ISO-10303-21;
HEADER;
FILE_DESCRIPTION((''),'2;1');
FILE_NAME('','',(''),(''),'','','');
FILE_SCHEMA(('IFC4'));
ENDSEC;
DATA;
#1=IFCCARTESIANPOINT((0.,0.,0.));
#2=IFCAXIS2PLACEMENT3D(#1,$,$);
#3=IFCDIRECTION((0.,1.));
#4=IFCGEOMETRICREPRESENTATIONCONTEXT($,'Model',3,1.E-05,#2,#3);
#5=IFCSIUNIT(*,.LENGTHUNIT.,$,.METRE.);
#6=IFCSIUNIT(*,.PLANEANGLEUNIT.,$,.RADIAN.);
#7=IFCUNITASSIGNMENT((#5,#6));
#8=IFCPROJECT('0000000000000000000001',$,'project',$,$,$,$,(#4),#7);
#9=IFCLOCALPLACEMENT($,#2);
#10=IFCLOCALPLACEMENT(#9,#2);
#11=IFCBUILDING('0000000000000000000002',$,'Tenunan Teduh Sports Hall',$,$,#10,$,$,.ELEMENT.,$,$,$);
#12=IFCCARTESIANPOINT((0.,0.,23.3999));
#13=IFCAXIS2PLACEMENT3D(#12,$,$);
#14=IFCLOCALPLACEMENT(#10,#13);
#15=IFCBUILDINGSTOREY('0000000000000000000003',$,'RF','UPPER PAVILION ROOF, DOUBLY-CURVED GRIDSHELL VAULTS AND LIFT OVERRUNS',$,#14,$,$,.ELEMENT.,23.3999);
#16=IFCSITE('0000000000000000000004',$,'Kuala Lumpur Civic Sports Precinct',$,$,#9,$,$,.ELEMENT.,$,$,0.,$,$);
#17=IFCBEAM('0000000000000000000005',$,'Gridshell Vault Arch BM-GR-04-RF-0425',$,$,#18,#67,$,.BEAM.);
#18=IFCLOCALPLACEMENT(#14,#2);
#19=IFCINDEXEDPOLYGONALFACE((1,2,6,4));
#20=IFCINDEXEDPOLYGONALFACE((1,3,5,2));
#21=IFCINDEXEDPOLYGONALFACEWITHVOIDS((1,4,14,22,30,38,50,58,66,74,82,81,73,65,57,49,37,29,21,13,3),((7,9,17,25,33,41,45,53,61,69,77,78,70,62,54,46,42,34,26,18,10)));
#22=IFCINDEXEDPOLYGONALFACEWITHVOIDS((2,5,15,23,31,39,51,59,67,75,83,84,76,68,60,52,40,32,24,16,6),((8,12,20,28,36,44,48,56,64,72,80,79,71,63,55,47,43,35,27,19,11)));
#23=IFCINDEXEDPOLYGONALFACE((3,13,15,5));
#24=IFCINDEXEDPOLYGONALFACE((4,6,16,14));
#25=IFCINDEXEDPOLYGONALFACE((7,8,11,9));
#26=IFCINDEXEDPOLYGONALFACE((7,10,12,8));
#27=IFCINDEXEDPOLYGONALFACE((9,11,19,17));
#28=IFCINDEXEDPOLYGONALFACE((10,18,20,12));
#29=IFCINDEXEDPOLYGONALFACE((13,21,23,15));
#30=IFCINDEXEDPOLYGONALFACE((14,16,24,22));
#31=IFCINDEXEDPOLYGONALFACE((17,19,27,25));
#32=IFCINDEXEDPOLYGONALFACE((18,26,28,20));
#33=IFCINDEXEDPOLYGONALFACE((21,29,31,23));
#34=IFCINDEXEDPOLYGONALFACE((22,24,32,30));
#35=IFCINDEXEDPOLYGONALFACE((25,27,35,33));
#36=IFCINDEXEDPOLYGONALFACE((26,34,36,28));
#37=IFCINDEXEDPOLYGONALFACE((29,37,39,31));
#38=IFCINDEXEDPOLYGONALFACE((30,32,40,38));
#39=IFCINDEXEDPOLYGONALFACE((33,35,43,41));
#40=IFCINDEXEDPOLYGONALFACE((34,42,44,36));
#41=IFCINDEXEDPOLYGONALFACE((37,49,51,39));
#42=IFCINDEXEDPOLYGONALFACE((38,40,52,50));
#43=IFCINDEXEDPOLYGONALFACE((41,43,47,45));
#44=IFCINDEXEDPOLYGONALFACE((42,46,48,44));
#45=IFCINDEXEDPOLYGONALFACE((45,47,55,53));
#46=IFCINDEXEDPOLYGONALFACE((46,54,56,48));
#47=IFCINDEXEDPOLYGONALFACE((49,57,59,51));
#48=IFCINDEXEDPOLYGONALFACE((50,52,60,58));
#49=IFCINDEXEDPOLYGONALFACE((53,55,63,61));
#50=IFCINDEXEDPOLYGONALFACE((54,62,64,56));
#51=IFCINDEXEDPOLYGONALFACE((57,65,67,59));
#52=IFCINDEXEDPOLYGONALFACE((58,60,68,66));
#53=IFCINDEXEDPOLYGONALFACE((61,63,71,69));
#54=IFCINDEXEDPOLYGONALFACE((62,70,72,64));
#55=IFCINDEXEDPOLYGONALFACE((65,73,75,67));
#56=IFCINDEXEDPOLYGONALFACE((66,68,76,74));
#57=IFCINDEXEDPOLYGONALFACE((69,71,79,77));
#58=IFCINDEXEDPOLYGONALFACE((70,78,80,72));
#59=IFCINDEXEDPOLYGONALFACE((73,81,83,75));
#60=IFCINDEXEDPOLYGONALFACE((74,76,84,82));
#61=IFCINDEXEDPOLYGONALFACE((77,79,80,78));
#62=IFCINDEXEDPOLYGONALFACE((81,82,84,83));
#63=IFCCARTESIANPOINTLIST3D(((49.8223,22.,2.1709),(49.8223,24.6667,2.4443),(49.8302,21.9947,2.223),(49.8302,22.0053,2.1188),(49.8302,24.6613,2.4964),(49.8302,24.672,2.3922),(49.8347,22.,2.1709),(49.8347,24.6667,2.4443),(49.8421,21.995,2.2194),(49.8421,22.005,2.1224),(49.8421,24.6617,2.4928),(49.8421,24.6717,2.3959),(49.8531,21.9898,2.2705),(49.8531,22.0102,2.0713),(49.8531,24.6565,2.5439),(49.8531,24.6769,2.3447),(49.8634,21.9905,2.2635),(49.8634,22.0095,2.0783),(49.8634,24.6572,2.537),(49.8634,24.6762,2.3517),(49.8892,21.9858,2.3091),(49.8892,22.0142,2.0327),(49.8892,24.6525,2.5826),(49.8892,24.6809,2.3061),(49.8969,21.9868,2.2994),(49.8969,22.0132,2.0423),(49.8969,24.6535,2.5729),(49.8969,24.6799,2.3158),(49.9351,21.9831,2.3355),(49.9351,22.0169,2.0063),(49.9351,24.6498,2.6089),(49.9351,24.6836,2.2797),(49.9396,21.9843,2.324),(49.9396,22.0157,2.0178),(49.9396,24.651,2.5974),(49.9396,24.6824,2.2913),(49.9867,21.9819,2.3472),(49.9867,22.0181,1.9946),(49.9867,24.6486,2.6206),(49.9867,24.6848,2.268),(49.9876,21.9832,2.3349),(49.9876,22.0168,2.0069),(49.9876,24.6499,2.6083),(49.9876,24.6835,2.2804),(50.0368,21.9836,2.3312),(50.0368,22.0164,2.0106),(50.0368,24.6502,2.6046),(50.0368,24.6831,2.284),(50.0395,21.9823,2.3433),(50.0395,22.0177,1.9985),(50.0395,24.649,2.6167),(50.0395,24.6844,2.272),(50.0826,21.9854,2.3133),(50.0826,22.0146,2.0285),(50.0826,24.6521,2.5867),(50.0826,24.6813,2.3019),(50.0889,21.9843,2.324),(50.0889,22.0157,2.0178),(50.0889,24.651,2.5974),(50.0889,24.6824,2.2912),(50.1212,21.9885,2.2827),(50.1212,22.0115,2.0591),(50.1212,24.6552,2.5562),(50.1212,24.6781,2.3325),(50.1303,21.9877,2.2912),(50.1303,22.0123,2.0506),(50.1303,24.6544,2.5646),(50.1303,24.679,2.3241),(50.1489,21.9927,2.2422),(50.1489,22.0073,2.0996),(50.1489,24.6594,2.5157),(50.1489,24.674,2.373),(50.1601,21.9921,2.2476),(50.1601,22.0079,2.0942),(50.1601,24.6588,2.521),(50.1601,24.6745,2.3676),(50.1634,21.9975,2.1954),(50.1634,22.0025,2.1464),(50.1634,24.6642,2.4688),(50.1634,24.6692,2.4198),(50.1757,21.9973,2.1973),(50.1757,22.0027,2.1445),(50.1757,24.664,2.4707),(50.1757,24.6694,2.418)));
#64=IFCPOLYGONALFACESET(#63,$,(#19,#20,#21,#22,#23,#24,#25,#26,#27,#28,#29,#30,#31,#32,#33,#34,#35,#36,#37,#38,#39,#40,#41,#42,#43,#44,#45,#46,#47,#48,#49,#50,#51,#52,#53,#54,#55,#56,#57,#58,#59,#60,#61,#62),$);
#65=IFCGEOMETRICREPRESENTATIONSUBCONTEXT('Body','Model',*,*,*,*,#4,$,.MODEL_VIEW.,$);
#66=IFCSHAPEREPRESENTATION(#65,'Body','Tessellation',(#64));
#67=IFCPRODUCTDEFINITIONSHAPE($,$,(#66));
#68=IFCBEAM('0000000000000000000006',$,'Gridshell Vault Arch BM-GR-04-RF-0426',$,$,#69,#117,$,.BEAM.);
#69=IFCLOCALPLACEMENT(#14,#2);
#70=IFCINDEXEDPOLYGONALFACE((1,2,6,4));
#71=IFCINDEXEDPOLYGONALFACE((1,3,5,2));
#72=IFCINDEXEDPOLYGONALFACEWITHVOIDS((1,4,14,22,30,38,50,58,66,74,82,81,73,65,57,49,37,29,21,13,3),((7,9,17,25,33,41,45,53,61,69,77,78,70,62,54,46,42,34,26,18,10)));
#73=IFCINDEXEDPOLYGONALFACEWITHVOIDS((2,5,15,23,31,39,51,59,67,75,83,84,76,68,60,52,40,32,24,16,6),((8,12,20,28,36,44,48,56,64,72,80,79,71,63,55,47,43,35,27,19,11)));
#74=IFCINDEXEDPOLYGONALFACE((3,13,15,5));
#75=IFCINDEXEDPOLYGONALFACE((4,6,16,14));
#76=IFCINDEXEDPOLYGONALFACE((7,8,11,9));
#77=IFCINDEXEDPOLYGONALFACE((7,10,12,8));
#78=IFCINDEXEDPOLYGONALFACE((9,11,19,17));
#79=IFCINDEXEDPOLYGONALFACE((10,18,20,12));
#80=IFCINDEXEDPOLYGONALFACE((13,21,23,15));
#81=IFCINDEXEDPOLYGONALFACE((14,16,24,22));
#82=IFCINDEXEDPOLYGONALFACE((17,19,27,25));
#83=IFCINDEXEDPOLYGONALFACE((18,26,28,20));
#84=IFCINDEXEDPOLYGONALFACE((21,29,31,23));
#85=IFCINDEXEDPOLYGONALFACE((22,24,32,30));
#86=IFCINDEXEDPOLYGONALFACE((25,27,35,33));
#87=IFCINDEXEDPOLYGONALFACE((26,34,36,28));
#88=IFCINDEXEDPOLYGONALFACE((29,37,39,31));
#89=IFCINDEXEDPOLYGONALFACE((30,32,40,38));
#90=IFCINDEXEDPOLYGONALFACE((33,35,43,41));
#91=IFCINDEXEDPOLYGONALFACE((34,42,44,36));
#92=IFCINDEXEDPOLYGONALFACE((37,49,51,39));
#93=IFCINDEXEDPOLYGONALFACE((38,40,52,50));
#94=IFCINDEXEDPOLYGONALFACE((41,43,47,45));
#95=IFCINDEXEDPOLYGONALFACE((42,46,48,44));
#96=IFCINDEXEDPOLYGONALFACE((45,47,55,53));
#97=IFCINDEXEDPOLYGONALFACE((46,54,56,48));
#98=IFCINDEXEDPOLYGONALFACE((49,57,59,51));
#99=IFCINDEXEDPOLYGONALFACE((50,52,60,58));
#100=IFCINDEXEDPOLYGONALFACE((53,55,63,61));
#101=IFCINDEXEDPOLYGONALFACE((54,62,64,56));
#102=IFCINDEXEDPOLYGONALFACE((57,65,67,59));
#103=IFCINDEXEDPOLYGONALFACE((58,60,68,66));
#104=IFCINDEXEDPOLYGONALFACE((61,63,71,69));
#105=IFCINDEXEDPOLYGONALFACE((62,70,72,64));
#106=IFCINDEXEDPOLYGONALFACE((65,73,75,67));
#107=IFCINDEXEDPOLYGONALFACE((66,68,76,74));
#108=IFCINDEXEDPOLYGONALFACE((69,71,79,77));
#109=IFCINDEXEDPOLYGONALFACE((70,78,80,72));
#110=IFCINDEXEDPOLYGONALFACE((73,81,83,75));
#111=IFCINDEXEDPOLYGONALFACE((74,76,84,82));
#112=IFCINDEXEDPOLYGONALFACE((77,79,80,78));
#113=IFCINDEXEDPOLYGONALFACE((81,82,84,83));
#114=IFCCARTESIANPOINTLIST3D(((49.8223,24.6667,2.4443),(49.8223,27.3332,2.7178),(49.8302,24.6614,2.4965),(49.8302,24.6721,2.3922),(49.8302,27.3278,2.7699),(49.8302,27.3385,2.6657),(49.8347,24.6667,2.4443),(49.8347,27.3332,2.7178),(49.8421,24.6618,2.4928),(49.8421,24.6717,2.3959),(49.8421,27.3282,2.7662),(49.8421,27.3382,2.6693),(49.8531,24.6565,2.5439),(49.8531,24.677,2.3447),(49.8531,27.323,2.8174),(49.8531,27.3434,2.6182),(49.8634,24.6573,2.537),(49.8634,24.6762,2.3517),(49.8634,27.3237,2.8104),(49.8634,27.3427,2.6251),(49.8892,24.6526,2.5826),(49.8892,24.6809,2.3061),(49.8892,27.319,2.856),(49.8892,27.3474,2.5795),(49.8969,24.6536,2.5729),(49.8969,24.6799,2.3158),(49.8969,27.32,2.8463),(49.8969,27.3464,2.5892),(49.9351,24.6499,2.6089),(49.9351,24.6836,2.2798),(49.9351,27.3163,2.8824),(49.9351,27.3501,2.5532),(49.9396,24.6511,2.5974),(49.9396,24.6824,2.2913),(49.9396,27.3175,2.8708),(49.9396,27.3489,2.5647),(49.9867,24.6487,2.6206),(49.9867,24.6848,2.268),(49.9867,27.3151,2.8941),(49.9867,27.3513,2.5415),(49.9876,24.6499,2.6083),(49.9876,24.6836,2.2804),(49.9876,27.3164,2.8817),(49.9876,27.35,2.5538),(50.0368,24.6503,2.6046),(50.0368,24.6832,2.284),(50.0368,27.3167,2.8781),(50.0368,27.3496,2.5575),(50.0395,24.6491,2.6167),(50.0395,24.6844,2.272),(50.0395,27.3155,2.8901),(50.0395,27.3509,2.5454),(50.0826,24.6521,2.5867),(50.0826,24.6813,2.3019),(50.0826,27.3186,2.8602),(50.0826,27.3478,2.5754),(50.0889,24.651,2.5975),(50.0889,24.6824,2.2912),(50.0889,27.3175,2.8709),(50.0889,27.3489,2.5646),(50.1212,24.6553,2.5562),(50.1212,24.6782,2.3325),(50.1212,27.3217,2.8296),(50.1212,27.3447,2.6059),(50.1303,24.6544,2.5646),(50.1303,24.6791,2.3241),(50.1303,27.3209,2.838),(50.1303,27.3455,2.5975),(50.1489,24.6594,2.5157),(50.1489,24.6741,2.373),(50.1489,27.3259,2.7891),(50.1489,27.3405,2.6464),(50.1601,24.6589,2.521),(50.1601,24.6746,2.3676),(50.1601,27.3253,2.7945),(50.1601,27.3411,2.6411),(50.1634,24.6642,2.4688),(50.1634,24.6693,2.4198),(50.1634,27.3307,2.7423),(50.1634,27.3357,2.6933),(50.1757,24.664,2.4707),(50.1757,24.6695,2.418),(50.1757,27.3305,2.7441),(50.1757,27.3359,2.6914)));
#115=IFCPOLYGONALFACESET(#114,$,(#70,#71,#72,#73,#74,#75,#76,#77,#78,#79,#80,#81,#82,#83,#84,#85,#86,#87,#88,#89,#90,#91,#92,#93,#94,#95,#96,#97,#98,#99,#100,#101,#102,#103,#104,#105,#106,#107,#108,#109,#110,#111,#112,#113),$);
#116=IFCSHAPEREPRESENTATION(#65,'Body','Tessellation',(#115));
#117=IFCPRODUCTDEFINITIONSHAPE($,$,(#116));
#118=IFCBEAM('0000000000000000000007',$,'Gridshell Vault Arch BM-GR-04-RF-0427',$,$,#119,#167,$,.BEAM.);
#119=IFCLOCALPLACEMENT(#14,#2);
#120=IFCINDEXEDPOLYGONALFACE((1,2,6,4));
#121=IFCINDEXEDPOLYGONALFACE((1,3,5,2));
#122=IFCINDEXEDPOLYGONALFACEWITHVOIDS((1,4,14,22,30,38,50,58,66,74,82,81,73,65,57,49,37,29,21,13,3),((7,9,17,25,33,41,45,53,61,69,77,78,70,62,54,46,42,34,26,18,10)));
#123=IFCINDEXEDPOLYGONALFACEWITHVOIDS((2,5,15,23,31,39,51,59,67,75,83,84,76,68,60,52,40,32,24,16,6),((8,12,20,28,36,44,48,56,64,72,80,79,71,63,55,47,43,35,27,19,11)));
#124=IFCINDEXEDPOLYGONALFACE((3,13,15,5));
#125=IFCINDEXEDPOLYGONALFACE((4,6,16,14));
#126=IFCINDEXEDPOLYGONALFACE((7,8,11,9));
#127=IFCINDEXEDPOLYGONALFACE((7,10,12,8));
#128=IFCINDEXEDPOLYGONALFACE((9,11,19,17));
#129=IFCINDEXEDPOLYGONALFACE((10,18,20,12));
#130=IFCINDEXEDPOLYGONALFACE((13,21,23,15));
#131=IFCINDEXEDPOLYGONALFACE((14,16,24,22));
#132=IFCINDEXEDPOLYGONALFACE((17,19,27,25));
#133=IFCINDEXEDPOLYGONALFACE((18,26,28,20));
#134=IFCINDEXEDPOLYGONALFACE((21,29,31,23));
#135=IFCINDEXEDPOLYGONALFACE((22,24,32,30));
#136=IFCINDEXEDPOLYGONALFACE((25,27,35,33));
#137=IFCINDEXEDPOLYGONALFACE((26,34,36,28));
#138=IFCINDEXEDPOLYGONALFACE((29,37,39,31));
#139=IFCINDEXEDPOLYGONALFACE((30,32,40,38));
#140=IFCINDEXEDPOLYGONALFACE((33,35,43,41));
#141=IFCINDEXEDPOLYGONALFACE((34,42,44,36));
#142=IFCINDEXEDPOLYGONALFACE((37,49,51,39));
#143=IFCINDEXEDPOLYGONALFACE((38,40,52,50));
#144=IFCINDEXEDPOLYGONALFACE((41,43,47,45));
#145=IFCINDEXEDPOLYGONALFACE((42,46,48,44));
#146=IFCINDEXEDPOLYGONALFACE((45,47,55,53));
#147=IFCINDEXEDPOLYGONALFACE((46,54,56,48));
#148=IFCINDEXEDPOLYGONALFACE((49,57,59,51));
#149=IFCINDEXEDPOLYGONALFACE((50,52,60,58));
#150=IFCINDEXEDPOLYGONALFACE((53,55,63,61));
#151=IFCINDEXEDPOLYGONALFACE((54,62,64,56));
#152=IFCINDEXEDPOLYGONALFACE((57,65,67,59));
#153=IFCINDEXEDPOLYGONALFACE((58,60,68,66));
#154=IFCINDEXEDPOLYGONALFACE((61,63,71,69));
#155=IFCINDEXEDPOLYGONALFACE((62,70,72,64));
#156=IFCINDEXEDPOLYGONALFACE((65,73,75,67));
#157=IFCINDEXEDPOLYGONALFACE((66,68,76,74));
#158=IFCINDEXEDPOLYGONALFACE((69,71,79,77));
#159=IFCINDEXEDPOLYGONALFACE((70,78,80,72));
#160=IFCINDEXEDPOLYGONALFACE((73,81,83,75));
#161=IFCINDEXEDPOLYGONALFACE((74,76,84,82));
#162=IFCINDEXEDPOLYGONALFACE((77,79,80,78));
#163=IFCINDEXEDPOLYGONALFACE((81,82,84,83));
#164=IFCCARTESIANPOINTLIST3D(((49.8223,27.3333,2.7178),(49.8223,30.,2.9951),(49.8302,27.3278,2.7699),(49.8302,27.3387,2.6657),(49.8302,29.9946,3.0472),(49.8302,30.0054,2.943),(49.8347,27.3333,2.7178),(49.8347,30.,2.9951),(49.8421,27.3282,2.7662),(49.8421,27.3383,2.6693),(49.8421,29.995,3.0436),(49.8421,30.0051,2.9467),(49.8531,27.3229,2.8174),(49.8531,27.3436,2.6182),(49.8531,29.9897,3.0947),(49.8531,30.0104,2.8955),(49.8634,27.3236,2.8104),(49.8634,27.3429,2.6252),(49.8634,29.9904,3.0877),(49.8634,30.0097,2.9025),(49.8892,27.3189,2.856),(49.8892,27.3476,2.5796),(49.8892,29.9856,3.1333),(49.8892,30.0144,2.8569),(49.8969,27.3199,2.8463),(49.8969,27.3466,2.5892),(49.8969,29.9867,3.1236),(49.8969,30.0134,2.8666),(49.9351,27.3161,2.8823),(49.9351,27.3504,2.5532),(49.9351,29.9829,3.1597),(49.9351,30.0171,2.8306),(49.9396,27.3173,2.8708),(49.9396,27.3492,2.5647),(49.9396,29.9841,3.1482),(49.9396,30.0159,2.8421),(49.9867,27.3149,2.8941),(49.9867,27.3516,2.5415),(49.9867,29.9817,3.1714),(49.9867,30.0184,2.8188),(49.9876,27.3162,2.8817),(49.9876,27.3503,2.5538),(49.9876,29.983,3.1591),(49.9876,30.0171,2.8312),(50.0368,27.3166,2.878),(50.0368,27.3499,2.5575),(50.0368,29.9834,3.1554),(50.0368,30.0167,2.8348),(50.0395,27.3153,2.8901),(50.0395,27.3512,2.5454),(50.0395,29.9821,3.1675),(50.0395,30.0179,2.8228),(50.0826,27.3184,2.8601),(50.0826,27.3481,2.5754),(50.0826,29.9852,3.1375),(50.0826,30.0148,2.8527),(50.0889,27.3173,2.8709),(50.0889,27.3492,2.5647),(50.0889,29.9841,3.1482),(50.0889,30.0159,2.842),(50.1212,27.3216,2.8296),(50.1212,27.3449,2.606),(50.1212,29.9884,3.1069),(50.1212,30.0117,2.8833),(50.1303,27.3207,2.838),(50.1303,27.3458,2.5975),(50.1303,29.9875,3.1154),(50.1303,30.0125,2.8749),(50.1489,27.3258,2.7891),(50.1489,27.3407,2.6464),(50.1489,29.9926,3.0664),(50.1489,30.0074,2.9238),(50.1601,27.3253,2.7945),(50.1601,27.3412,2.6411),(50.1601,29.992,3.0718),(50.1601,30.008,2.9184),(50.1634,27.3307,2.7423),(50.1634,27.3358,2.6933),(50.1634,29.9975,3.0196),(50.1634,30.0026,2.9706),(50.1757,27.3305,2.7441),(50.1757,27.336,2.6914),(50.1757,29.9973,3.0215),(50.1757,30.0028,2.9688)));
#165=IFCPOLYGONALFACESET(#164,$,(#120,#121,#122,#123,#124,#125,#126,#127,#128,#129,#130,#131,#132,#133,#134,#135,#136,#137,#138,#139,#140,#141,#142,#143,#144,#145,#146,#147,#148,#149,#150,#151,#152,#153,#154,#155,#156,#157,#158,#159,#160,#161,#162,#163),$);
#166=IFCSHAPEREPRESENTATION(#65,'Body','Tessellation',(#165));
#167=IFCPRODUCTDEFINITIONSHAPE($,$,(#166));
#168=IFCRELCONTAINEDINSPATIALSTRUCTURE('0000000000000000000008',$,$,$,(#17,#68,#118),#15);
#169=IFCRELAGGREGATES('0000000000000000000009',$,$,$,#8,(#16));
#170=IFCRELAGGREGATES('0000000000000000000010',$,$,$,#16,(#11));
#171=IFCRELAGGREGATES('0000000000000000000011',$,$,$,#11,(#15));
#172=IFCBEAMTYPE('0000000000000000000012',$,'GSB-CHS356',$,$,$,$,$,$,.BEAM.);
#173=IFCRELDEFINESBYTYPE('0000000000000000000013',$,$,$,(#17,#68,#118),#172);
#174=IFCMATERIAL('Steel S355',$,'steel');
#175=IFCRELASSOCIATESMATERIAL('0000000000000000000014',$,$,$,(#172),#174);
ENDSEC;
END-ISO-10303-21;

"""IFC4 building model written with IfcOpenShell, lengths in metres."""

from ifc_helpers import new_model, si_unit, direction, frame, origin, origin_2d, place, context, subcontext, project, spatial, hollow_circle, extrude, material, material_profile, profile_set, type_object, element, save


model = new_model("IFC4")

# Units and contexts
model_context = context("Model", 3, precision=1e-05, world=origin(), true_north=direction((0.0, 1.0)))
body_context = subcontext(model_context, "Body", "Model", "MODEL_VIEW")
ifc_project = project(units=[si_unit("LENGTHUNIT", "METRE"), si_unit("PLANEANGLEUNIT", "RADIAN")], contexts=[model_context])

# Site, building, storey
site_placement = place(None, origin())
site = spatial("IfcSite", under=ifc_project, at=site_placement, Name="Kuala Lumpur Civic Sports Precinct", CompositionType="ELEMENT", RefElevation=0.0)
building_placement = place(site_placement, origin())
building = spatial("IfcBuilding", under=site, at=building_placement, Name="Tenunan Teduh Sports Hall", CompositionType="ELEMENT")
storey_placement = place(building_placement, frame((0.0, 0.0, 23.3999)))
storey = spatial("IfcBuildingStorey", under=building, at=storey_placement, Name="RF", Description="UPPER PAVILION ROOF, DOUBLY-CURVED GRIDSHELL VAULTS AND LIFT OVERRUNS", CompositionType="ELEMENT", Elevation=23.3999)

# Beams
ifc_material_1 = material(Name="Steel S355", Category="steel")
ifc_material_profile_1 = material_profile(ifc_material_1, hollow_circle(Radius=0.1777, WallThickness=0.0125, at=origin_2d()), Name="CHS 355.6x12.5")
ifc_profile_set_1 = profile_set([ifc_material_profile_1], Name="Steel S355")
beam_type_1 = type_object("IfcBeamType", Name="GSB-CHS356", PredefinedType="BEAM", material=ifc_profile_set_1)
beam_1_placement = place(storey_placement, frame((50.0, 22.0, 2.1709), z_axis=(0.0, 0.994784, 0.102001), x_axis=(-1.0, 0.0, 0.0)))
element("IfcBeam", 1, at=beam_1_placement, inside=storey, type_object=beam_type_1, Name="Gridshell Vault Arch BM-GR-04-RF-0425", PredefinedType="BEAM", context=body_context, shape_type="SweptSolid", body=[
    extrude(hollow_circle(Radius=0.1777, WallThickness=0.0125, at=origin_2d()), origin(), (0.0, 0.0, 1.0), 2.6807),
])
beam_2_placement = place(storey_placement, frame((50.0, 24.6667, 2.4443), z_axis=(0.0, 0.994783, 0.10201), x_axis=(-1.0, 0.0, 0.0)))
element("IfcBeam", 2, at=beam_2_placement, inside=storey, type_object=beam_type_1, Name="Gridshell Vault Arch BM-GR-04-RF-0426", PredefinedType="BEAM", context=body_context, shape_type="SweptSolid", body=[
    extrude(hollow_circle(Radius=0.1777, WallThickness=0.0125, at=origin_2d()), origin(), (0.0, 0.0, 1.0), 2.6804),
])
for number, where, z_axis, x_axis, name in (
    (3, (50.0, 27.3333, 2.7178), (0.0, 0.994635, 0.103443), (-1.0, 0.0, 0.0), "Gridshell Vault Arch BM-GR-04-RF-0427"),
):
    element("IfcBeam", number, at=place(storey_placement, frame(where, z_axis=z_axis, x_axis=x_axis)), inside=storey, type_object=beam_type_1, Name=name, PredefinedType="BEAM", context=body_context, shape_type="SweptSolid", body=[
        extrude(hollow_circle(Radius=0.1777, WallThickness=0.0125, at=origin_2d()), origin(), (0.0, 0.0, 1.0), 2.6812),
    ])

save(model, "model.ifc")
